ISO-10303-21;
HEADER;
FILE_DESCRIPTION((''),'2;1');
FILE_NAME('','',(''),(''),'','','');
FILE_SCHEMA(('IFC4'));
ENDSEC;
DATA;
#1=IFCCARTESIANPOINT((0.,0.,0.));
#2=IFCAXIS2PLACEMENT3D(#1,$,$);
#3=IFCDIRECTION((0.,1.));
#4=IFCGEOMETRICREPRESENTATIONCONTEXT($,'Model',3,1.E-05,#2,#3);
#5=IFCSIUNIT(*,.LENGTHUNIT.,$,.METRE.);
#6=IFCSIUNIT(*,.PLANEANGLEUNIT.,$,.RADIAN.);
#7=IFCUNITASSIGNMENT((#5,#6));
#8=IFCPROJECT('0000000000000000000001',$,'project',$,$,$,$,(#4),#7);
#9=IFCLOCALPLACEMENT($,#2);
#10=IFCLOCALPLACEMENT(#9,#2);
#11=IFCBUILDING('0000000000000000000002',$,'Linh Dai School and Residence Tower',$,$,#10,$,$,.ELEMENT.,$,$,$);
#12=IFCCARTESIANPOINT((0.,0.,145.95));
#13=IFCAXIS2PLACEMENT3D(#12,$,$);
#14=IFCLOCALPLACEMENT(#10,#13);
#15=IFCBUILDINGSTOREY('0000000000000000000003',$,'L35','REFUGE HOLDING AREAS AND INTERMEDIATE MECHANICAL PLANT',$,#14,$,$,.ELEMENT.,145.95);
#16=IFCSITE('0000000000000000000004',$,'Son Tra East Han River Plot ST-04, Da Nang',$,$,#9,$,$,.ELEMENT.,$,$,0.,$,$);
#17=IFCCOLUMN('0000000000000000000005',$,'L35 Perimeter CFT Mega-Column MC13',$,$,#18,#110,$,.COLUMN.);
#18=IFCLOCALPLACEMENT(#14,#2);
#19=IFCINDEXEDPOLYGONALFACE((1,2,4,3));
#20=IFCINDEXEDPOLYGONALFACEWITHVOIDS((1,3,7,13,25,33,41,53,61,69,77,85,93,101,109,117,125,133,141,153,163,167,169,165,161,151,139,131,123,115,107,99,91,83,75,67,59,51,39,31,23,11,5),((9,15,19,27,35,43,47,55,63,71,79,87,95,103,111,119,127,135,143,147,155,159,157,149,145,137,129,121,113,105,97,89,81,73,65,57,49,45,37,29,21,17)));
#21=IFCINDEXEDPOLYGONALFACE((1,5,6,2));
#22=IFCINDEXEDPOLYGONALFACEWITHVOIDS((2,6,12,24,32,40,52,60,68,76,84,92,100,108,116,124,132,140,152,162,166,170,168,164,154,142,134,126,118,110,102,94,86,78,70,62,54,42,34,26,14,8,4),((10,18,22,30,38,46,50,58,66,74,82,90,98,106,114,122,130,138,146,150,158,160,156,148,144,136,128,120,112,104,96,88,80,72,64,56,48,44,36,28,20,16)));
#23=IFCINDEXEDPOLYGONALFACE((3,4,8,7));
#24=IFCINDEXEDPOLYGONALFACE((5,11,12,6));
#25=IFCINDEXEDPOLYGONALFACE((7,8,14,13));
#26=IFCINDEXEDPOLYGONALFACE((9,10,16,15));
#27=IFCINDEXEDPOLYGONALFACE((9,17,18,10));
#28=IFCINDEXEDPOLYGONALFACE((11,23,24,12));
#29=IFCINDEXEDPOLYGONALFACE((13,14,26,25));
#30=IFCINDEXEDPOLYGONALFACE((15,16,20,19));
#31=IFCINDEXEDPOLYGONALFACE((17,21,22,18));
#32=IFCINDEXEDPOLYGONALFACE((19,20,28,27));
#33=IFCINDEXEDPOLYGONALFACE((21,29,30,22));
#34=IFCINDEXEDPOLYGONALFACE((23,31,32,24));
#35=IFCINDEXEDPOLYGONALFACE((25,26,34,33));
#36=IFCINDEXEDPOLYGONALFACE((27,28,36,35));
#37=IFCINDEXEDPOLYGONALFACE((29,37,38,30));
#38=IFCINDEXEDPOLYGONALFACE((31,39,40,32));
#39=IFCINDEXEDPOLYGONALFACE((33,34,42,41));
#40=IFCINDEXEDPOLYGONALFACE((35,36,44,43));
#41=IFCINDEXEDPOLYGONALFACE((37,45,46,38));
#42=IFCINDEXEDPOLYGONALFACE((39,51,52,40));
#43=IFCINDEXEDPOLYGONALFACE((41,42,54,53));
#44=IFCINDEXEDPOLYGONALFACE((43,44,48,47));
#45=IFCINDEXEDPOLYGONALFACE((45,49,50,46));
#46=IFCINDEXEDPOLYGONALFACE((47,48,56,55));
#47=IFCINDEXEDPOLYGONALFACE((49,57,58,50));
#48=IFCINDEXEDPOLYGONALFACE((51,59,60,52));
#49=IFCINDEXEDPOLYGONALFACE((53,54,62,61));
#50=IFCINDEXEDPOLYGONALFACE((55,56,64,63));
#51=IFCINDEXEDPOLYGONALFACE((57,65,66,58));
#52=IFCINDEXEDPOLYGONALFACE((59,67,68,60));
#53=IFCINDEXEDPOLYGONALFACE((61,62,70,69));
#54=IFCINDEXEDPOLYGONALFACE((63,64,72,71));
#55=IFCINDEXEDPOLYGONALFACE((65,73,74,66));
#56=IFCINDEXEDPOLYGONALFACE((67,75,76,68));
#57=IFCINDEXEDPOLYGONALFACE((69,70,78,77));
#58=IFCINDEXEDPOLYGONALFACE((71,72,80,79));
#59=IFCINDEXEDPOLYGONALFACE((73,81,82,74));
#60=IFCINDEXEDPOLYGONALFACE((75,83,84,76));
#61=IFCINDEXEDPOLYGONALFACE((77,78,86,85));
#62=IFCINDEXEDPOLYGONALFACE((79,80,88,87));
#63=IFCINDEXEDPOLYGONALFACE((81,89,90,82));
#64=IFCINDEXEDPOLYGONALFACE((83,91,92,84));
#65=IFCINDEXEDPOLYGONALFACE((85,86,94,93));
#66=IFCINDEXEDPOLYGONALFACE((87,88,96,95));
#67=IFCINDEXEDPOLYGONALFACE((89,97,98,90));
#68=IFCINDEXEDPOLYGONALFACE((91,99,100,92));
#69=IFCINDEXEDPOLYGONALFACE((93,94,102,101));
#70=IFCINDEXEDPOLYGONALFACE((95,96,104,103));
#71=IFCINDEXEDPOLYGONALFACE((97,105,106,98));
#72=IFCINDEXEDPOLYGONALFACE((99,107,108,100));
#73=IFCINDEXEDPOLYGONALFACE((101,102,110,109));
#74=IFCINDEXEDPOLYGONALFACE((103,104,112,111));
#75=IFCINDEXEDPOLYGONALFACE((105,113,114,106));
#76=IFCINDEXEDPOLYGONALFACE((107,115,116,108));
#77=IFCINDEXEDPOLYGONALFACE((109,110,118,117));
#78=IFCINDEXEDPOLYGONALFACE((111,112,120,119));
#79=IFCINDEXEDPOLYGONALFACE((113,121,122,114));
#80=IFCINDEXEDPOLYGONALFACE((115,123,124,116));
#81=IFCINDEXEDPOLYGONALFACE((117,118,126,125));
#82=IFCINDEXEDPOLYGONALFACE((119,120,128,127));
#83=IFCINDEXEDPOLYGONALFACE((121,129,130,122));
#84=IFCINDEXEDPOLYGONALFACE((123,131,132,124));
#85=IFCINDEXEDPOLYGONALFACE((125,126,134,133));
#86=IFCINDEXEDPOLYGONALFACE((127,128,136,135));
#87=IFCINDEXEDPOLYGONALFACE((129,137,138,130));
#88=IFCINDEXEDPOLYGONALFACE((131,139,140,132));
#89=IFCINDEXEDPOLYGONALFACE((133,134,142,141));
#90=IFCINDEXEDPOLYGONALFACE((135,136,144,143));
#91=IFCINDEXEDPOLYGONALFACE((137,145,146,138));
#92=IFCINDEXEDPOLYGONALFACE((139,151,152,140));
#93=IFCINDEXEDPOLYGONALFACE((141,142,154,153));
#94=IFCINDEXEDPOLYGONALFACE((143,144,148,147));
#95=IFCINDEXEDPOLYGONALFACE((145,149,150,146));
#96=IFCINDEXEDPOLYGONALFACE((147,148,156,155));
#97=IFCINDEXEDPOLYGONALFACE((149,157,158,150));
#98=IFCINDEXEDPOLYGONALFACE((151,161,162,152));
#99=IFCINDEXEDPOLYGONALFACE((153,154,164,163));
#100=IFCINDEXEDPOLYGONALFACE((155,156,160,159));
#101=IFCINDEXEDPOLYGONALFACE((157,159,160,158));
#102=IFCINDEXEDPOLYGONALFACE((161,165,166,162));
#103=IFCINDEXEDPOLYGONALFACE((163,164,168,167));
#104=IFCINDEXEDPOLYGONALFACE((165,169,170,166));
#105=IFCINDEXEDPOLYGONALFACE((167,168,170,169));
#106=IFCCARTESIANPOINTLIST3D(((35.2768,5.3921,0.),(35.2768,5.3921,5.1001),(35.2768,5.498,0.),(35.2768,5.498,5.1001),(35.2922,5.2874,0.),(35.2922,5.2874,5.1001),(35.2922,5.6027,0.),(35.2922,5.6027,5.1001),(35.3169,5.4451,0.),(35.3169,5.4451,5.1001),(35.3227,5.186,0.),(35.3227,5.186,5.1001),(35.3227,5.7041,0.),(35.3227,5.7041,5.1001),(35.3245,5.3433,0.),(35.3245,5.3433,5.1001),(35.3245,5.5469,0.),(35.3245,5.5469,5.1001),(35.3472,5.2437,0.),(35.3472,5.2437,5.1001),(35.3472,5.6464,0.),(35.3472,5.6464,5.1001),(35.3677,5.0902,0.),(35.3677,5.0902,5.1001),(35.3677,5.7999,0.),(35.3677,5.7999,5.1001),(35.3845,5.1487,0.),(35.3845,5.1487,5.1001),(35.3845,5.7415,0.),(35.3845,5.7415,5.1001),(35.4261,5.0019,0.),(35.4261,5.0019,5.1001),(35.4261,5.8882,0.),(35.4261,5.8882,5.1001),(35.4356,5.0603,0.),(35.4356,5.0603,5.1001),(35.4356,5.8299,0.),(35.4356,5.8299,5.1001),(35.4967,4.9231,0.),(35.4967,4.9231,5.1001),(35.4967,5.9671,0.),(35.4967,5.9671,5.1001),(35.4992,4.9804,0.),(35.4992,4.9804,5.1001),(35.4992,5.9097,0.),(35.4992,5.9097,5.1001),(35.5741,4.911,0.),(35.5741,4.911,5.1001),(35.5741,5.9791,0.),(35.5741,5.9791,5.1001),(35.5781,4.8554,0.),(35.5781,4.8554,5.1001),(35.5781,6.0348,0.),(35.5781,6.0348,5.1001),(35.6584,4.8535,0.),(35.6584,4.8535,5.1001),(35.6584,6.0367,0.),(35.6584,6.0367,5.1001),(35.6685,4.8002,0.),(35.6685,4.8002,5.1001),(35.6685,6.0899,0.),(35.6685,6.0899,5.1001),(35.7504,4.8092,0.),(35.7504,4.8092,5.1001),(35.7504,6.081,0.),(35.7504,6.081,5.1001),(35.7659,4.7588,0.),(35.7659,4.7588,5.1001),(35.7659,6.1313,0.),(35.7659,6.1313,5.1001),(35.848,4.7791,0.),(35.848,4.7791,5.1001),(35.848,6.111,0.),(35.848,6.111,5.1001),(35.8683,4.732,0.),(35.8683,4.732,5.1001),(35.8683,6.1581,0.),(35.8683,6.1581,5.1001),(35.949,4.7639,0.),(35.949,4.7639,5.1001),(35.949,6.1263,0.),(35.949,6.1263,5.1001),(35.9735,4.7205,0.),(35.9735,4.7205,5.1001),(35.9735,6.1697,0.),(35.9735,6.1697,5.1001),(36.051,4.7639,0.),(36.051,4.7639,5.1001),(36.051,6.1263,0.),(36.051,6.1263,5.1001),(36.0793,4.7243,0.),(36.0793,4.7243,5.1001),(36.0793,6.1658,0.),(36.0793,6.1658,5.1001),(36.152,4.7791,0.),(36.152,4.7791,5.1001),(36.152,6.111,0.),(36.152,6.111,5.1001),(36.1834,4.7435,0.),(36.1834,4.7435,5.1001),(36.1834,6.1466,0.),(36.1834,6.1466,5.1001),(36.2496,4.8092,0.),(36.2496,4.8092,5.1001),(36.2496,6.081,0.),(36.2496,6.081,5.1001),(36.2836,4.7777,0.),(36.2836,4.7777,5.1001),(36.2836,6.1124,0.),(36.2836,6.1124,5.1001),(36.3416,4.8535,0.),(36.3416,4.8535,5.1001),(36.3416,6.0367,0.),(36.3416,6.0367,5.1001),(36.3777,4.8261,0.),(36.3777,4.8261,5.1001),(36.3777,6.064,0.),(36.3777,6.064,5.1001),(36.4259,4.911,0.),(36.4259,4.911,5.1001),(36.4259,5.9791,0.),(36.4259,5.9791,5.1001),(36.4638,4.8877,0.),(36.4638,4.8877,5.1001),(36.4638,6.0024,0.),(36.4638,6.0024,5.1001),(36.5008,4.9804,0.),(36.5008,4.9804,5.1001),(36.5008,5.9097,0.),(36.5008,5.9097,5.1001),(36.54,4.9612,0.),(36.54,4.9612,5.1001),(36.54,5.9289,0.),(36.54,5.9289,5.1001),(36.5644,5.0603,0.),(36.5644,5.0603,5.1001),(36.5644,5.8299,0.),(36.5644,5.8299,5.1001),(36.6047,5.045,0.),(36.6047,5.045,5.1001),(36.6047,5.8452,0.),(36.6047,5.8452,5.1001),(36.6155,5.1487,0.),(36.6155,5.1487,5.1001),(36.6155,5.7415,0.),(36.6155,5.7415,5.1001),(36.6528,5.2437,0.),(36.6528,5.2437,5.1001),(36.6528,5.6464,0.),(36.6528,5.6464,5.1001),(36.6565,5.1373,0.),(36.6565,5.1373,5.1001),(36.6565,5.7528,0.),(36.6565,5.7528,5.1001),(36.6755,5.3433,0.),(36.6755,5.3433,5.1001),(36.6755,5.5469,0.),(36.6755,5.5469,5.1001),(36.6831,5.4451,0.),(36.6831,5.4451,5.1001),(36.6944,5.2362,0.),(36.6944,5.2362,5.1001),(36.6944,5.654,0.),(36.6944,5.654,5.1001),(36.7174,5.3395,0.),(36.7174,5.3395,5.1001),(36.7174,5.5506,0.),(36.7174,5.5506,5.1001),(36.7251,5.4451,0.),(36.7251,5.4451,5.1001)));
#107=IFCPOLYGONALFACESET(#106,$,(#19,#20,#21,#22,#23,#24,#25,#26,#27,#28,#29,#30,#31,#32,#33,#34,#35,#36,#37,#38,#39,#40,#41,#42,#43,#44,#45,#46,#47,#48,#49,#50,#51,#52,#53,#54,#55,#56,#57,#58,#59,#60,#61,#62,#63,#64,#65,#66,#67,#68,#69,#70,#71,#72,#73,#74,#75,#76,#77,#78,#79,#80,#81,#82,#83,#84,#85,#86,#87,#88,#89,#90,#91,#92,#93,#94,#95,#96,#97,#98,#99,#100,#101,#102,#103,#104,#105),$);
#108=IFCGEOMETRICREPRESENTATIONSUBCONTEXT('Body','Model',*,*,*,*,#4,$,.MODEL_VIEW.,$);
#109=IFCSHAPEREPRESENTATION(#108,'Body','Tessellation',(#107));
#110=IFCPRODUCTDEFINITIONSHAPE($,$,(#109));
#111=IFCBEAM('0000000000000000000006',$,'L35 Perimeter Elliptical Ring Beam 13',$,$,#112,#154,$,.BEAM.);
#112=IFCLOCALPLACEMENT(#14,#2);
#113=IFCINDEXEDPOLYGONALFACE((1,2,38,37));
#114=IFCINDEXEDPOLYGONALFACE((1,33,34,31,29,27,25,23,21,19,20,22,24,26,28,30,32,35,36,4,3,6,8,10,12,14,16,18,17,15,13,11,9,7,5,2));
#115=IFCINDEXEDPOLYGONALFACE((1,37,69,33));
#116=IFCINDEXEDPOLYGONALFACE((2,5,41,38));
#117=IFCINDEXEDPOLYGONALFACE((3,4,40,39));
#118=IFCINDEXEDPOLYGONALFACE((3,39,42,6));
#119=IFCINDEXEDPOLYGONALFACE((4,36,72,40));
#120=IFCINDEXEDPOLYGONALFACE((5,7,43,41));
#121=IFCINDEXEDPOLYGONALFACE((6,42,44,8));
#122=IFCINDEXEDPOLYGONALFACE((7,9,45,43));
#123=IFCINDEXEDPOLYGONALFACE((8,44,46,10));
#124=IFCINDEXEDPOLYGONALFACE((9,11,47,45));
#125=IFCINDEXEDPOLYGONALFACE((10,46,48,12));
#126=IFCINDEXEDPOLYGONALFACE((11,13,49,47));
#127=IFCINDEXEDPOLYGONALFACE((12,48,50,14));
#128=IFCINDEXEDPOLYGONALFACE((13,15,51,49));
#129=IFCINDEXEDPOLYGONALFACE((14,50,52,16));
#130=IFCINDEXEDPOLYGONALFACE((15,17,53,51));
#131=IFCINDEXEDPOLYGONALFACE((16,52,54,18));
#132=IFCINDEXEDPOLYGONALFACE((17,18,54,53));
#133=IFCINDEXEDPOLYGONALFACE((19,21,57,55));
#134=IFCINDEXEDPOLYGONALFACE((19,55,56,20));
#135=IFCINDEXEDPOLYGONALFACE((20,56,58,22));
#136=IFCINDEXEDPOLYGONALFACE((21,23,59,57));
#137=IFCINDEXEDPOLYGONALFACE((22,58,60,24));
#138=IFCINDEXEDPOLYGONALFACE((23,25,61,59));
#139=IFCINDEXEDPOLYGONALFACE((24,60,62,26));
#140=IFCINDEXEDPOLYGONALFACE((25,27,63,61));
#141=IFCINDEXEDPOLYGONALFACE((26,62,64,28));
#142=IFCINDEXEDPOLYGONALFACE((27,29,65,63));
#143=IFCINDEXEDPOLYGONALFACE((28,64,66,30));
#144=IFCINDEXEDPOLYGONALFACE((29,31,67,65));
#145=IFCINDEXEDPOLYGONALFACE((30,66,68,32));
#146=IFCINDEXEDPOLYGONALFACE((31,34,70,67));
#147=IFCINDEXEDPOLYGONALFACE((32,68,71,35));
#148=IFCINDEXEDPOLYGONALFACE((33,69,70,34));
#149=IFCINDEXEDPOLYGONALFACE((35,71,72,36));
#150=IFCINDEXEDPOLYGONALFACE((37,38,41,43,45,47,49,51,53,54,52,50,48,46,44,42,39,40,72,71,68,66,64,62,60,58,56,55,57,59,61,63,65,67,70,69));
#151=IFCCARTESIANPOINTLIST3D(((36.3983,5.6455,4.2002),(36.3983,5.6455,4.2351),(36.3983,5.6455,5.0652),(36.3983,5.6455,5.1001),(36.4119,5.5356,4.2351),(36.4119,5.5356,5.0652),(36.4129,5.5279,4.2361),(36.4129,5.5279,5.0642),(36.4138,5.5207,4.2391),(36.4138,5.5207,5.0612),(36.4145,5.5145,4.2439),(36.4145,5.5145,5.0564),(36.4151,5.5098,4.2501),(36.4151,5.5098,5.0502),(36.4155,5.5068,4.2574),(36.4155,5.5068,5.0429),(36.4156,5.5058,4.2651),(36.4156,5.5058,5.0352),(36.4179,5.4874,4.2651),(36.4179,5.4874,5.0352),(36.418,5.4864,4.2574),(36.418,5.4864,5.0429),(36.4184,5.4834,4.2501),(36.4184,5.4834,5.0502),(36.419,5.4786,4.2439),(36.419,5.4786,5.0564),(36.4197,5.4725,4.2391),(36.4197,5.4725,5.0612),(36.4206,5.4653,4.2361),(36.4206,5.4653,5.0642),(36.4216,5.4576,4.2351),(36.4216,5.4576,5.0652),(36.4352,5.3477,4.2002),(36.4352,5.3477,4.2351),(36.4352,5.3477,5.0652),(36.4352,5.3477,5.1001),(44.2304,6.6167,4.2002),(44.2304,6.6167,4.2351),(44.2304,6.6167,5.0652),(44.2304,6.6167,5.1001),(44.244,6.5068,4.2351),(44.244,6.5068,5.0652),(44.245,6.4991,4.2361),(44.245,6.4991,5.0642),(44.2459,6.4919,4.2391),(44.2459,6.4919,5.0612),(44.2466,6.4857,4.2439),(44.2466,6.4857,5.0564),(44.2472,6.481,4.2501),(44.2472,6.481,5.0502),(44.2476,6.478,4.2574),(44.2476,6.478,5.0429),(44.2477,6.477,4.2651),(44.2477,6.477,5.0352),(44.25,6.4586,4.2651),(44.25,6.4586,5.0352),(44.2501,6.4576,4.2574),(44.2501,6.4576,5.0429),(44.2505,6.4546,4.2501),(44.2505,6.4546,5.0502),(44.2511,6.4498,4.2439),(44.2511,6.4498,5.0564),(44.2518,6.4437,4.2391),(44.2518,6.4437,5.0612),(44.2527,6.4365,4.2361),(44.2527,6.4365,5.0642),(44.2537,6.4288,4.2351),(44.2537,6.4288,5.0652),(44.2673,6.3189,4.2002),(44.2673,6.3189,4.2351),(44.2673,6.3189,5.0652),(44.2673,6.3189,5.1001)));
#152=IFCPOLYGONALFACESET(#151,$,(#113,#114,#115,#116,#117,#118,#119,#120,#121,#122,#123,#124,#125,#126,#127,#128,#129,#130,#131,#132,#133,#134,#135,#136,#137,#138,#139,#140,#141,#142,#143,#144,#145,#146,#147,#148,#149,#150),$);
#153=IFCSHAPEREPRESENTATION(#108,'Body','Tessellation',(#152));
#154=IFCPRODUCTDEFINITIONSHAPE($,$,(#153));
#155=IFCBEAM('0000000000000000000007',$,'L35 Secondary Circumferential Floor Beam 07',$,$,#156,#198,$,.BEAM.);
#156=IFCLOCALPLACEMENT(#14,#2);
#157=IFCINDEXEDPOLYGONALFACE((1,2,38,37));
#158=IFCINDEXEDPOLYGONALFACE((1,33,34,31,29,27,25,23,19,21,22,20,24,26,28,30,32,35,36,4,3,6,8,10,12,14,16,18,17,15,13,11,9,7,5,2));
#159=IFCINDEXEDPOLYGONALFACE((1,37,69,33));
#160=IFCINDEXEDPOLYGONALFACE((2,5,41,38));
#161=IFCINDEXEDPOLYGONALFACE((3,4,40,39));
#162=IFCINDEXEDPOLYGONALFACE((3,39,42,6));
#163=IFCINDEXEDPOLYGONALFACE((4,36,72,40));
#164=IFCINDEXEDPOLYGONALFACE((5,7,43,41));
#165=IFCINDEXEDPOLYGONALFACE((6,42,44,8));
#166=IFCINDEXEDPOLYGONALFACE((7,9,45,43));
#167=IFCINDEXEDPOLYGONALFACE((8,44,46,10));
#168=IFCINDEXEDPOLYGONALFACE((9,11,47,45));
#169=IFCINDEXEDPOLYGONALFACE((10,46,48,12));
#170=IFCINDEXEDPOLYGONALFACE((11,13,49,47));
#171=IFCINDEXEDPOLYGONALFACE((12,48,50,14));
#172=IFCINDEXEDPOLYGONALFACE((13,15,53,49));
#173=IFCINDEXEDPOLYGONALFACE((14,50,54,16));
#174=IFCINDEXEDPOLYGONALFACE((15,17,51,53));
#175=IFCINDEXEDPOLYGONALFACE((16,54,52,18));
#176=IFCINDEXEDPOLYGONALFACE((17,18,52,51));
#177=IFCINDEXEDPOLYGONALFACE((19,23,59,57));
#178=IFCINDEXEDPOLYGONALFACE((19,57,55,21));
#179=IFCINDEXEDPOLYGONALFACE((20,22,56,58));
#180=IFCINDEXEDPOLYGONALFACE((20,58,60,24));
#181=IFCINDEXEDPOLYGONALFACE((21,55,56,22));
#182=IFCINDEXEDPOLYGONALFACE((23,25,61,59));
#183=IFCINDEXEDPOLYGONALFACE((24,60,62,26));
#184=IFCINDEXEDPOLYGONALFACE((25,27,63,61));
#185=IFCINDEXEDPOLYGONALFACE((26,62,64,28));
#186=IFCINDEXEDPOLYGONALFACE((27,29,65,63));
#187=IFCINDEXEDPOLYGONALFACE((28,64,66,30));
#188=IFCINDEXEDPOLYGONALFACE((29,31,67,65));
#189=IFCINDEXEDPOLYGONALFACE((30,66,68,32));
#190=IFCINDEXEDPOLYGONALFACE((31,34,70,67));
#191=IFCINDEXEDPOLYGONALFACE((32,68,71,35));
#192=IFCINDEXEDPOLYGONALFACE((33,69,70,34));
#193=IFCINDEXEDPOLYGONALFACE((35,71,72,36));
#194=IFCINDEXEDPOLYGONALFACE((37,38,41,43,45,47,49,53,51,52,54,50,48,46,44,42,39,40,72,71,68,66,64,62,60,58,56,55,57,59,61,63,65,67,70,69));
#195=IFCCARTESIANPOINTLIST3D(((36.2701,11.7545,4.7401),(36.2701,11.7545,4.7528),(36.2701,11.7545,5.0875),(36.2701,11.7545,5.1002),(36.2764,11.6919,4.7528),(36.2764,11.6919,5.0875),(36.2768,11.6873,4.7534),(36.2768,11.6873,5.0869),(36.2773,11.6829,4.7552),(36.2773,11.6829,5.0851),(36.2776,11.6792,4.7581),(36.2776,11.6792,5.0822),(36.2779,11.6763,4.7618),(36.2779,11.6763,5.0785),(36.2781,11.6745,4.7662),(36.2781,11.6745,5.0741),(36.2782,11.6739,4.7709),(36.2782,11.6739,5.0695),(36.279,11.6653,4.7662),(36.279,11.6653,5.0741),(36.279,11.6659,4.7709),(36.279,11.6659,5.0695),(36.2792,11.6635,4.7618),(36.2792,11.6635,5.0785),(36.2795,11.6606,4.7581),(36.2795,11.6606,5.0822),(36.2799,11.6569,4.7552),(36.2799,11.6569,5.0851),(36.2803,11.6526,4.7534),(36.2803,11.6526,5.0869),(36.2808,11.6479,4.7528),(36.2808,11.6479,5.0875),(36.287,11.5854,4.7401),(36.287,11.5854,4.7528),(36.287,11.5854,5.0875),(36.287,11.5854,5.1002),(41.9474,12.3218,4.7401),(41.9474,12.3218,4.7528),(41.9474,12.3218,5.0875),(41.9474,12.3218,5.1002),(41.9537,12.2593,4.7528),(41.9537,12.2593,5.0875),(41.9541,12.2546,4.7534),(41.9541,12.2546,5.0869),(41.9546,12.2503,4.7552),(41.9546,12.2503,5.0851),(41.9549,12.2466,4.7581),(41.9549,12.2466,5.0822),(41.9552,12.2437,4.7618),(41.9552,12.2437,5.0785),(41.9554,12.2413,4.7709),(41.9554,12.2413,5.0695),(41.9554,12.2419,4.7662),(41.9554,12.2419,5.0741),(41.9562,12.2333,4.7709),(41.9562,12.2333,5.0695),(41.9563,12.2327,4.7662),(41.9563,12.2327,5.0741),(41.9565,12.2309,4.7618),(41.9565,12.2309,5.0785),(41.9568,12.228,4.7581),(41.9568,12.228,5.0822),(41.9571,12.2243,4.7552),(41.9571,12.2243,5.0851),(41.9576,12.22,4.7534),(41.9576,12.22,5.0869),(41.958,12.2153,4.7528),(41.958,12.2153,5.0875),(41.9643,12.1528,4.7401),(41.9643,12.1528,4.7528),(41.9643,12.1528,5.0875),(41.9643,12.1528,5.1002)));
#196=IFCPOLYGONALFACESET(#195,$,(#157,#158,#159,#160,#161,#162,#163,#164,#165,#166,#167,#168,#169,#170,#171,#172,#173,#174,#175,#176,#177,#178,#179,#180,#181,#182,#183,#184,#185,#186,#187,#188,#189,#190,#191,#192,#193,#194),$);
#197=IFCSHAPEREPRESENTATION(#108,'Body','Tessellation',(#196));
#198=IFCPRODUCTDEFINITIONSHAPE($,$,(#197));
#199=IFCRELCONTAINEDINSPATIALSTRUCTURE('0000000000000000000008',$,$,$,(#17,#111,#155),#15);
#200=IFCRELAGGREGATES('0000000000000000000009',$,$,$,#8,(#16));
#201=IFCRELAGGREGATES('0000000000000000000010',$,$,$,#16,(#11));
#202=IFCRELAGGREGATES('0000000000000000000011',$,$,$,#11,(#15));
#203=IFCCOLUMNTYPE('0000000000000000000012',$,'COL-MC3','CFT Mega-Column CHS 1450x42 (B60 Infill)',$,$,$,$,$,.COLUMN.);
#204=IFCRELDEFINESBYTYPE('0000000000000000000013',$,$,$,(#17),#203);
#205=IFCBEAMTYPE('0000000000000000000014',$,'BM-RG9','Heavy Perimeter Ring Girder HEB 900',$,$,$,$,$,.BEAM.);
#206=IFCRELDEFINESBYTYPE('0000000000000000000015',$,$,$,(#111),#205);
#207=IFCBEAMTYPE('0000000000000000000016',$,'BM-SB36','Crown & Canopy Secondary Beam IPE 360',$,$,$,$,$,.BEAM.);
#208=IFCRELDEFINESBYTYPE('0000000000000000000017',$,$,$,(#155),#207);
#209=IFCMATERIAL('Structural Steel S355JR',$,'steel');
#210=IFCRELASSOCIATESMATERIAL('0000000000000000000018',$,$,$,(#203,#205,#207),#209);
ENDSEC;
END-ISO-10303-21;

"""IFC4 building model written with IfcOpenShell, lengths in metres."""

from ifc_helpers import new_model, si_unit, direction, frame, origin, origin_2d, place, context, subcontext, project, spatial, hollow_circle, i_section, extrude, material, material_profile, profile_set, type_object, element, save


model = new_model("IFC4")

# Units and contexts
model_context = context("Model", 3, precision=1e-05, world=origin(), true_north=direction((0.0, 1.0)))
body_context = subcontext(model_context, "Body", "Model", "MODEL_VIEW")
ifc_project = project(units=[si_unit("LENGTHUNIT", "METRE"), si_unit("PLANEANGLEUNIT", "RADIAN")], contexts=[model_context])

# Site, building, storey
site_placement = place(None, origin())
site = spatial("IfcSite", under=ifc_project, at=site_placement, Name="Son Tra East Han River Plot ST-04, Da Nang", CompositionType="ELEMENT", RefElevation=0.0)
building_placement = place(site_placement, origin())
building = spatial("IfcBuilding", under=site, at=building_placement, Name="Linh Dai School and Residence Tower", CompositionType="ELEMENT")
storey_placement = place(building_placement, frame((0.0, 0.0, 145.95)))
storey = spatial("IfcBuildingStorey", under=building, at=storey_placement, Name="L35", Description="REFUGE HOLDING AREAS AND INTERMEDIATE MECHANICAL PLANT", CompositionType="ELEMENT", Elevation=145.95)

# Column
ifc_material_1 = material(Name="Structural Steel S355JR", Category="steel")
ifc_material_profile_1 = material_profile(ifc_material_1, hollow_circle(Radius=0.7251, WallThickness=0.042, at=origin_2d()), Name="CHS 1450x42")
ifc_profile_set_1 = profile_set([ifc_material_profile_1], Name="Structural Steel S355JR")
column_type = type_object("IfcColumnType", Name="COL-MC3", Description="CFT Mega-Column CHS 1450x42 (B60 Infill)", PredefinedType="COLUMN", material=ifc_profile_set_1)
column_placement = place(storey_placement, frame((36.0, 5.4451, 0.0), z_axis=(0.0, 0.0, 1.0), x_axis=(1.0, 0.0, 0.0)))
element("IfcColumn", 1, at=column_placement, inside=storey, type_object=column_type, Name="L35 Perimeter CFT Mega-Column MC13", PredefinedType="COLUMN", context=body_context, shape_type="SweptSolid", body=[
    extrude(hollow_circle(Radius=0.7251, WallThickness=0.042, at=origin_2d()), origin(), (0.0, 0.0, 1.0), 5.1001),
])

# Beams
ifc_material_profile_2 = material_profile(ifc_material_1, i_section(OverallWidth=0.3, OverallDepth=0.8999, WebThickness=0.0186, FlangeThickness=0.0349, FilletRadius=0.03, at=origin_2d()), Name="HEB 900")
ifc_profile_set_2 = profile_set([ifc_material_profile_2], Name="Structural Steel S355JR")
beam_type_1 = type_object("IfcBeamType", Name="BM-RG9", Description="Heavy Perimeter Ring Girder HEB 900", PredefinedType="BEAM", material=ifc_profile_set_2)
beam_1_placement = place(storey_placement, frame((36.4167, 5.4966, 4.6501), z_axis=(0.992399, 0.12306, 0.0), x_axis=(-0.12306, 0.992399, 0.0)))
element("IfcBeam", 2, at=beam_1_placement, inside=storey, type_object=beam_type_1, Name="L35 Perimeter Elliptical Ring Beam 13", PredefinedType="BEAM", context=body_context, shape_type="SweptSolid", body=[
    extrude(i_section(OverallWidth=0.3, OverallDepth=0.8999, WebThickness=0.0186, FlangeThickness=0.0349, FilletRadius=0.03, at=origin_2d()), origin(), (0.0, 0.0, 1.0), 7.8921),
])
ifc_material_profile_3 = material_profile(ifc_material_1, i_section(OverallWidth=0.1699, OverallDepth=0.3601, WebThickness=0.0081, FlangeThickness=0.0127, FilletRadius=0.0181, at=origin_2d()), Name="IPE 360")
ifc_profile_set_3 = profile_set([ifc_material_profile_3], Name="Structural Steel S355JR")
beam_type_2 = type_object("IfcBeamType", Name="BM-SB36", Description="Crown & Canopy Secondary Beam IPE 360", PredefinedType="BEAM", material=ifc_profile_set_3)
beam_2_placement = place(storey_placement, frame((36.2786, 11.6699, 4.9202), z_axis=(0.995043, 0.099444, 0.0), x_axis=(-0.099444, 0.995043, 0.0)))
element("IfcBeam", 3, at=beam_2_placement, inside=storey, type_object=beam_type_2, Name="L35 Secondary Circumferential Floor Beam 07", PredefinedType="BEAM", context=body_context, shape_type="SweptSolid", body=[
    extrude(i_section(OverallWidth=0.1699, OverallDepth=0.3601, WebThickness=0.0081, FlangeThickness=0.0127, FilletRadius=0.0181, at=origin_2d()), origin(), (0.0, 0.0, 1.0), 5.7056),
])

save(model, "model.ifc")
